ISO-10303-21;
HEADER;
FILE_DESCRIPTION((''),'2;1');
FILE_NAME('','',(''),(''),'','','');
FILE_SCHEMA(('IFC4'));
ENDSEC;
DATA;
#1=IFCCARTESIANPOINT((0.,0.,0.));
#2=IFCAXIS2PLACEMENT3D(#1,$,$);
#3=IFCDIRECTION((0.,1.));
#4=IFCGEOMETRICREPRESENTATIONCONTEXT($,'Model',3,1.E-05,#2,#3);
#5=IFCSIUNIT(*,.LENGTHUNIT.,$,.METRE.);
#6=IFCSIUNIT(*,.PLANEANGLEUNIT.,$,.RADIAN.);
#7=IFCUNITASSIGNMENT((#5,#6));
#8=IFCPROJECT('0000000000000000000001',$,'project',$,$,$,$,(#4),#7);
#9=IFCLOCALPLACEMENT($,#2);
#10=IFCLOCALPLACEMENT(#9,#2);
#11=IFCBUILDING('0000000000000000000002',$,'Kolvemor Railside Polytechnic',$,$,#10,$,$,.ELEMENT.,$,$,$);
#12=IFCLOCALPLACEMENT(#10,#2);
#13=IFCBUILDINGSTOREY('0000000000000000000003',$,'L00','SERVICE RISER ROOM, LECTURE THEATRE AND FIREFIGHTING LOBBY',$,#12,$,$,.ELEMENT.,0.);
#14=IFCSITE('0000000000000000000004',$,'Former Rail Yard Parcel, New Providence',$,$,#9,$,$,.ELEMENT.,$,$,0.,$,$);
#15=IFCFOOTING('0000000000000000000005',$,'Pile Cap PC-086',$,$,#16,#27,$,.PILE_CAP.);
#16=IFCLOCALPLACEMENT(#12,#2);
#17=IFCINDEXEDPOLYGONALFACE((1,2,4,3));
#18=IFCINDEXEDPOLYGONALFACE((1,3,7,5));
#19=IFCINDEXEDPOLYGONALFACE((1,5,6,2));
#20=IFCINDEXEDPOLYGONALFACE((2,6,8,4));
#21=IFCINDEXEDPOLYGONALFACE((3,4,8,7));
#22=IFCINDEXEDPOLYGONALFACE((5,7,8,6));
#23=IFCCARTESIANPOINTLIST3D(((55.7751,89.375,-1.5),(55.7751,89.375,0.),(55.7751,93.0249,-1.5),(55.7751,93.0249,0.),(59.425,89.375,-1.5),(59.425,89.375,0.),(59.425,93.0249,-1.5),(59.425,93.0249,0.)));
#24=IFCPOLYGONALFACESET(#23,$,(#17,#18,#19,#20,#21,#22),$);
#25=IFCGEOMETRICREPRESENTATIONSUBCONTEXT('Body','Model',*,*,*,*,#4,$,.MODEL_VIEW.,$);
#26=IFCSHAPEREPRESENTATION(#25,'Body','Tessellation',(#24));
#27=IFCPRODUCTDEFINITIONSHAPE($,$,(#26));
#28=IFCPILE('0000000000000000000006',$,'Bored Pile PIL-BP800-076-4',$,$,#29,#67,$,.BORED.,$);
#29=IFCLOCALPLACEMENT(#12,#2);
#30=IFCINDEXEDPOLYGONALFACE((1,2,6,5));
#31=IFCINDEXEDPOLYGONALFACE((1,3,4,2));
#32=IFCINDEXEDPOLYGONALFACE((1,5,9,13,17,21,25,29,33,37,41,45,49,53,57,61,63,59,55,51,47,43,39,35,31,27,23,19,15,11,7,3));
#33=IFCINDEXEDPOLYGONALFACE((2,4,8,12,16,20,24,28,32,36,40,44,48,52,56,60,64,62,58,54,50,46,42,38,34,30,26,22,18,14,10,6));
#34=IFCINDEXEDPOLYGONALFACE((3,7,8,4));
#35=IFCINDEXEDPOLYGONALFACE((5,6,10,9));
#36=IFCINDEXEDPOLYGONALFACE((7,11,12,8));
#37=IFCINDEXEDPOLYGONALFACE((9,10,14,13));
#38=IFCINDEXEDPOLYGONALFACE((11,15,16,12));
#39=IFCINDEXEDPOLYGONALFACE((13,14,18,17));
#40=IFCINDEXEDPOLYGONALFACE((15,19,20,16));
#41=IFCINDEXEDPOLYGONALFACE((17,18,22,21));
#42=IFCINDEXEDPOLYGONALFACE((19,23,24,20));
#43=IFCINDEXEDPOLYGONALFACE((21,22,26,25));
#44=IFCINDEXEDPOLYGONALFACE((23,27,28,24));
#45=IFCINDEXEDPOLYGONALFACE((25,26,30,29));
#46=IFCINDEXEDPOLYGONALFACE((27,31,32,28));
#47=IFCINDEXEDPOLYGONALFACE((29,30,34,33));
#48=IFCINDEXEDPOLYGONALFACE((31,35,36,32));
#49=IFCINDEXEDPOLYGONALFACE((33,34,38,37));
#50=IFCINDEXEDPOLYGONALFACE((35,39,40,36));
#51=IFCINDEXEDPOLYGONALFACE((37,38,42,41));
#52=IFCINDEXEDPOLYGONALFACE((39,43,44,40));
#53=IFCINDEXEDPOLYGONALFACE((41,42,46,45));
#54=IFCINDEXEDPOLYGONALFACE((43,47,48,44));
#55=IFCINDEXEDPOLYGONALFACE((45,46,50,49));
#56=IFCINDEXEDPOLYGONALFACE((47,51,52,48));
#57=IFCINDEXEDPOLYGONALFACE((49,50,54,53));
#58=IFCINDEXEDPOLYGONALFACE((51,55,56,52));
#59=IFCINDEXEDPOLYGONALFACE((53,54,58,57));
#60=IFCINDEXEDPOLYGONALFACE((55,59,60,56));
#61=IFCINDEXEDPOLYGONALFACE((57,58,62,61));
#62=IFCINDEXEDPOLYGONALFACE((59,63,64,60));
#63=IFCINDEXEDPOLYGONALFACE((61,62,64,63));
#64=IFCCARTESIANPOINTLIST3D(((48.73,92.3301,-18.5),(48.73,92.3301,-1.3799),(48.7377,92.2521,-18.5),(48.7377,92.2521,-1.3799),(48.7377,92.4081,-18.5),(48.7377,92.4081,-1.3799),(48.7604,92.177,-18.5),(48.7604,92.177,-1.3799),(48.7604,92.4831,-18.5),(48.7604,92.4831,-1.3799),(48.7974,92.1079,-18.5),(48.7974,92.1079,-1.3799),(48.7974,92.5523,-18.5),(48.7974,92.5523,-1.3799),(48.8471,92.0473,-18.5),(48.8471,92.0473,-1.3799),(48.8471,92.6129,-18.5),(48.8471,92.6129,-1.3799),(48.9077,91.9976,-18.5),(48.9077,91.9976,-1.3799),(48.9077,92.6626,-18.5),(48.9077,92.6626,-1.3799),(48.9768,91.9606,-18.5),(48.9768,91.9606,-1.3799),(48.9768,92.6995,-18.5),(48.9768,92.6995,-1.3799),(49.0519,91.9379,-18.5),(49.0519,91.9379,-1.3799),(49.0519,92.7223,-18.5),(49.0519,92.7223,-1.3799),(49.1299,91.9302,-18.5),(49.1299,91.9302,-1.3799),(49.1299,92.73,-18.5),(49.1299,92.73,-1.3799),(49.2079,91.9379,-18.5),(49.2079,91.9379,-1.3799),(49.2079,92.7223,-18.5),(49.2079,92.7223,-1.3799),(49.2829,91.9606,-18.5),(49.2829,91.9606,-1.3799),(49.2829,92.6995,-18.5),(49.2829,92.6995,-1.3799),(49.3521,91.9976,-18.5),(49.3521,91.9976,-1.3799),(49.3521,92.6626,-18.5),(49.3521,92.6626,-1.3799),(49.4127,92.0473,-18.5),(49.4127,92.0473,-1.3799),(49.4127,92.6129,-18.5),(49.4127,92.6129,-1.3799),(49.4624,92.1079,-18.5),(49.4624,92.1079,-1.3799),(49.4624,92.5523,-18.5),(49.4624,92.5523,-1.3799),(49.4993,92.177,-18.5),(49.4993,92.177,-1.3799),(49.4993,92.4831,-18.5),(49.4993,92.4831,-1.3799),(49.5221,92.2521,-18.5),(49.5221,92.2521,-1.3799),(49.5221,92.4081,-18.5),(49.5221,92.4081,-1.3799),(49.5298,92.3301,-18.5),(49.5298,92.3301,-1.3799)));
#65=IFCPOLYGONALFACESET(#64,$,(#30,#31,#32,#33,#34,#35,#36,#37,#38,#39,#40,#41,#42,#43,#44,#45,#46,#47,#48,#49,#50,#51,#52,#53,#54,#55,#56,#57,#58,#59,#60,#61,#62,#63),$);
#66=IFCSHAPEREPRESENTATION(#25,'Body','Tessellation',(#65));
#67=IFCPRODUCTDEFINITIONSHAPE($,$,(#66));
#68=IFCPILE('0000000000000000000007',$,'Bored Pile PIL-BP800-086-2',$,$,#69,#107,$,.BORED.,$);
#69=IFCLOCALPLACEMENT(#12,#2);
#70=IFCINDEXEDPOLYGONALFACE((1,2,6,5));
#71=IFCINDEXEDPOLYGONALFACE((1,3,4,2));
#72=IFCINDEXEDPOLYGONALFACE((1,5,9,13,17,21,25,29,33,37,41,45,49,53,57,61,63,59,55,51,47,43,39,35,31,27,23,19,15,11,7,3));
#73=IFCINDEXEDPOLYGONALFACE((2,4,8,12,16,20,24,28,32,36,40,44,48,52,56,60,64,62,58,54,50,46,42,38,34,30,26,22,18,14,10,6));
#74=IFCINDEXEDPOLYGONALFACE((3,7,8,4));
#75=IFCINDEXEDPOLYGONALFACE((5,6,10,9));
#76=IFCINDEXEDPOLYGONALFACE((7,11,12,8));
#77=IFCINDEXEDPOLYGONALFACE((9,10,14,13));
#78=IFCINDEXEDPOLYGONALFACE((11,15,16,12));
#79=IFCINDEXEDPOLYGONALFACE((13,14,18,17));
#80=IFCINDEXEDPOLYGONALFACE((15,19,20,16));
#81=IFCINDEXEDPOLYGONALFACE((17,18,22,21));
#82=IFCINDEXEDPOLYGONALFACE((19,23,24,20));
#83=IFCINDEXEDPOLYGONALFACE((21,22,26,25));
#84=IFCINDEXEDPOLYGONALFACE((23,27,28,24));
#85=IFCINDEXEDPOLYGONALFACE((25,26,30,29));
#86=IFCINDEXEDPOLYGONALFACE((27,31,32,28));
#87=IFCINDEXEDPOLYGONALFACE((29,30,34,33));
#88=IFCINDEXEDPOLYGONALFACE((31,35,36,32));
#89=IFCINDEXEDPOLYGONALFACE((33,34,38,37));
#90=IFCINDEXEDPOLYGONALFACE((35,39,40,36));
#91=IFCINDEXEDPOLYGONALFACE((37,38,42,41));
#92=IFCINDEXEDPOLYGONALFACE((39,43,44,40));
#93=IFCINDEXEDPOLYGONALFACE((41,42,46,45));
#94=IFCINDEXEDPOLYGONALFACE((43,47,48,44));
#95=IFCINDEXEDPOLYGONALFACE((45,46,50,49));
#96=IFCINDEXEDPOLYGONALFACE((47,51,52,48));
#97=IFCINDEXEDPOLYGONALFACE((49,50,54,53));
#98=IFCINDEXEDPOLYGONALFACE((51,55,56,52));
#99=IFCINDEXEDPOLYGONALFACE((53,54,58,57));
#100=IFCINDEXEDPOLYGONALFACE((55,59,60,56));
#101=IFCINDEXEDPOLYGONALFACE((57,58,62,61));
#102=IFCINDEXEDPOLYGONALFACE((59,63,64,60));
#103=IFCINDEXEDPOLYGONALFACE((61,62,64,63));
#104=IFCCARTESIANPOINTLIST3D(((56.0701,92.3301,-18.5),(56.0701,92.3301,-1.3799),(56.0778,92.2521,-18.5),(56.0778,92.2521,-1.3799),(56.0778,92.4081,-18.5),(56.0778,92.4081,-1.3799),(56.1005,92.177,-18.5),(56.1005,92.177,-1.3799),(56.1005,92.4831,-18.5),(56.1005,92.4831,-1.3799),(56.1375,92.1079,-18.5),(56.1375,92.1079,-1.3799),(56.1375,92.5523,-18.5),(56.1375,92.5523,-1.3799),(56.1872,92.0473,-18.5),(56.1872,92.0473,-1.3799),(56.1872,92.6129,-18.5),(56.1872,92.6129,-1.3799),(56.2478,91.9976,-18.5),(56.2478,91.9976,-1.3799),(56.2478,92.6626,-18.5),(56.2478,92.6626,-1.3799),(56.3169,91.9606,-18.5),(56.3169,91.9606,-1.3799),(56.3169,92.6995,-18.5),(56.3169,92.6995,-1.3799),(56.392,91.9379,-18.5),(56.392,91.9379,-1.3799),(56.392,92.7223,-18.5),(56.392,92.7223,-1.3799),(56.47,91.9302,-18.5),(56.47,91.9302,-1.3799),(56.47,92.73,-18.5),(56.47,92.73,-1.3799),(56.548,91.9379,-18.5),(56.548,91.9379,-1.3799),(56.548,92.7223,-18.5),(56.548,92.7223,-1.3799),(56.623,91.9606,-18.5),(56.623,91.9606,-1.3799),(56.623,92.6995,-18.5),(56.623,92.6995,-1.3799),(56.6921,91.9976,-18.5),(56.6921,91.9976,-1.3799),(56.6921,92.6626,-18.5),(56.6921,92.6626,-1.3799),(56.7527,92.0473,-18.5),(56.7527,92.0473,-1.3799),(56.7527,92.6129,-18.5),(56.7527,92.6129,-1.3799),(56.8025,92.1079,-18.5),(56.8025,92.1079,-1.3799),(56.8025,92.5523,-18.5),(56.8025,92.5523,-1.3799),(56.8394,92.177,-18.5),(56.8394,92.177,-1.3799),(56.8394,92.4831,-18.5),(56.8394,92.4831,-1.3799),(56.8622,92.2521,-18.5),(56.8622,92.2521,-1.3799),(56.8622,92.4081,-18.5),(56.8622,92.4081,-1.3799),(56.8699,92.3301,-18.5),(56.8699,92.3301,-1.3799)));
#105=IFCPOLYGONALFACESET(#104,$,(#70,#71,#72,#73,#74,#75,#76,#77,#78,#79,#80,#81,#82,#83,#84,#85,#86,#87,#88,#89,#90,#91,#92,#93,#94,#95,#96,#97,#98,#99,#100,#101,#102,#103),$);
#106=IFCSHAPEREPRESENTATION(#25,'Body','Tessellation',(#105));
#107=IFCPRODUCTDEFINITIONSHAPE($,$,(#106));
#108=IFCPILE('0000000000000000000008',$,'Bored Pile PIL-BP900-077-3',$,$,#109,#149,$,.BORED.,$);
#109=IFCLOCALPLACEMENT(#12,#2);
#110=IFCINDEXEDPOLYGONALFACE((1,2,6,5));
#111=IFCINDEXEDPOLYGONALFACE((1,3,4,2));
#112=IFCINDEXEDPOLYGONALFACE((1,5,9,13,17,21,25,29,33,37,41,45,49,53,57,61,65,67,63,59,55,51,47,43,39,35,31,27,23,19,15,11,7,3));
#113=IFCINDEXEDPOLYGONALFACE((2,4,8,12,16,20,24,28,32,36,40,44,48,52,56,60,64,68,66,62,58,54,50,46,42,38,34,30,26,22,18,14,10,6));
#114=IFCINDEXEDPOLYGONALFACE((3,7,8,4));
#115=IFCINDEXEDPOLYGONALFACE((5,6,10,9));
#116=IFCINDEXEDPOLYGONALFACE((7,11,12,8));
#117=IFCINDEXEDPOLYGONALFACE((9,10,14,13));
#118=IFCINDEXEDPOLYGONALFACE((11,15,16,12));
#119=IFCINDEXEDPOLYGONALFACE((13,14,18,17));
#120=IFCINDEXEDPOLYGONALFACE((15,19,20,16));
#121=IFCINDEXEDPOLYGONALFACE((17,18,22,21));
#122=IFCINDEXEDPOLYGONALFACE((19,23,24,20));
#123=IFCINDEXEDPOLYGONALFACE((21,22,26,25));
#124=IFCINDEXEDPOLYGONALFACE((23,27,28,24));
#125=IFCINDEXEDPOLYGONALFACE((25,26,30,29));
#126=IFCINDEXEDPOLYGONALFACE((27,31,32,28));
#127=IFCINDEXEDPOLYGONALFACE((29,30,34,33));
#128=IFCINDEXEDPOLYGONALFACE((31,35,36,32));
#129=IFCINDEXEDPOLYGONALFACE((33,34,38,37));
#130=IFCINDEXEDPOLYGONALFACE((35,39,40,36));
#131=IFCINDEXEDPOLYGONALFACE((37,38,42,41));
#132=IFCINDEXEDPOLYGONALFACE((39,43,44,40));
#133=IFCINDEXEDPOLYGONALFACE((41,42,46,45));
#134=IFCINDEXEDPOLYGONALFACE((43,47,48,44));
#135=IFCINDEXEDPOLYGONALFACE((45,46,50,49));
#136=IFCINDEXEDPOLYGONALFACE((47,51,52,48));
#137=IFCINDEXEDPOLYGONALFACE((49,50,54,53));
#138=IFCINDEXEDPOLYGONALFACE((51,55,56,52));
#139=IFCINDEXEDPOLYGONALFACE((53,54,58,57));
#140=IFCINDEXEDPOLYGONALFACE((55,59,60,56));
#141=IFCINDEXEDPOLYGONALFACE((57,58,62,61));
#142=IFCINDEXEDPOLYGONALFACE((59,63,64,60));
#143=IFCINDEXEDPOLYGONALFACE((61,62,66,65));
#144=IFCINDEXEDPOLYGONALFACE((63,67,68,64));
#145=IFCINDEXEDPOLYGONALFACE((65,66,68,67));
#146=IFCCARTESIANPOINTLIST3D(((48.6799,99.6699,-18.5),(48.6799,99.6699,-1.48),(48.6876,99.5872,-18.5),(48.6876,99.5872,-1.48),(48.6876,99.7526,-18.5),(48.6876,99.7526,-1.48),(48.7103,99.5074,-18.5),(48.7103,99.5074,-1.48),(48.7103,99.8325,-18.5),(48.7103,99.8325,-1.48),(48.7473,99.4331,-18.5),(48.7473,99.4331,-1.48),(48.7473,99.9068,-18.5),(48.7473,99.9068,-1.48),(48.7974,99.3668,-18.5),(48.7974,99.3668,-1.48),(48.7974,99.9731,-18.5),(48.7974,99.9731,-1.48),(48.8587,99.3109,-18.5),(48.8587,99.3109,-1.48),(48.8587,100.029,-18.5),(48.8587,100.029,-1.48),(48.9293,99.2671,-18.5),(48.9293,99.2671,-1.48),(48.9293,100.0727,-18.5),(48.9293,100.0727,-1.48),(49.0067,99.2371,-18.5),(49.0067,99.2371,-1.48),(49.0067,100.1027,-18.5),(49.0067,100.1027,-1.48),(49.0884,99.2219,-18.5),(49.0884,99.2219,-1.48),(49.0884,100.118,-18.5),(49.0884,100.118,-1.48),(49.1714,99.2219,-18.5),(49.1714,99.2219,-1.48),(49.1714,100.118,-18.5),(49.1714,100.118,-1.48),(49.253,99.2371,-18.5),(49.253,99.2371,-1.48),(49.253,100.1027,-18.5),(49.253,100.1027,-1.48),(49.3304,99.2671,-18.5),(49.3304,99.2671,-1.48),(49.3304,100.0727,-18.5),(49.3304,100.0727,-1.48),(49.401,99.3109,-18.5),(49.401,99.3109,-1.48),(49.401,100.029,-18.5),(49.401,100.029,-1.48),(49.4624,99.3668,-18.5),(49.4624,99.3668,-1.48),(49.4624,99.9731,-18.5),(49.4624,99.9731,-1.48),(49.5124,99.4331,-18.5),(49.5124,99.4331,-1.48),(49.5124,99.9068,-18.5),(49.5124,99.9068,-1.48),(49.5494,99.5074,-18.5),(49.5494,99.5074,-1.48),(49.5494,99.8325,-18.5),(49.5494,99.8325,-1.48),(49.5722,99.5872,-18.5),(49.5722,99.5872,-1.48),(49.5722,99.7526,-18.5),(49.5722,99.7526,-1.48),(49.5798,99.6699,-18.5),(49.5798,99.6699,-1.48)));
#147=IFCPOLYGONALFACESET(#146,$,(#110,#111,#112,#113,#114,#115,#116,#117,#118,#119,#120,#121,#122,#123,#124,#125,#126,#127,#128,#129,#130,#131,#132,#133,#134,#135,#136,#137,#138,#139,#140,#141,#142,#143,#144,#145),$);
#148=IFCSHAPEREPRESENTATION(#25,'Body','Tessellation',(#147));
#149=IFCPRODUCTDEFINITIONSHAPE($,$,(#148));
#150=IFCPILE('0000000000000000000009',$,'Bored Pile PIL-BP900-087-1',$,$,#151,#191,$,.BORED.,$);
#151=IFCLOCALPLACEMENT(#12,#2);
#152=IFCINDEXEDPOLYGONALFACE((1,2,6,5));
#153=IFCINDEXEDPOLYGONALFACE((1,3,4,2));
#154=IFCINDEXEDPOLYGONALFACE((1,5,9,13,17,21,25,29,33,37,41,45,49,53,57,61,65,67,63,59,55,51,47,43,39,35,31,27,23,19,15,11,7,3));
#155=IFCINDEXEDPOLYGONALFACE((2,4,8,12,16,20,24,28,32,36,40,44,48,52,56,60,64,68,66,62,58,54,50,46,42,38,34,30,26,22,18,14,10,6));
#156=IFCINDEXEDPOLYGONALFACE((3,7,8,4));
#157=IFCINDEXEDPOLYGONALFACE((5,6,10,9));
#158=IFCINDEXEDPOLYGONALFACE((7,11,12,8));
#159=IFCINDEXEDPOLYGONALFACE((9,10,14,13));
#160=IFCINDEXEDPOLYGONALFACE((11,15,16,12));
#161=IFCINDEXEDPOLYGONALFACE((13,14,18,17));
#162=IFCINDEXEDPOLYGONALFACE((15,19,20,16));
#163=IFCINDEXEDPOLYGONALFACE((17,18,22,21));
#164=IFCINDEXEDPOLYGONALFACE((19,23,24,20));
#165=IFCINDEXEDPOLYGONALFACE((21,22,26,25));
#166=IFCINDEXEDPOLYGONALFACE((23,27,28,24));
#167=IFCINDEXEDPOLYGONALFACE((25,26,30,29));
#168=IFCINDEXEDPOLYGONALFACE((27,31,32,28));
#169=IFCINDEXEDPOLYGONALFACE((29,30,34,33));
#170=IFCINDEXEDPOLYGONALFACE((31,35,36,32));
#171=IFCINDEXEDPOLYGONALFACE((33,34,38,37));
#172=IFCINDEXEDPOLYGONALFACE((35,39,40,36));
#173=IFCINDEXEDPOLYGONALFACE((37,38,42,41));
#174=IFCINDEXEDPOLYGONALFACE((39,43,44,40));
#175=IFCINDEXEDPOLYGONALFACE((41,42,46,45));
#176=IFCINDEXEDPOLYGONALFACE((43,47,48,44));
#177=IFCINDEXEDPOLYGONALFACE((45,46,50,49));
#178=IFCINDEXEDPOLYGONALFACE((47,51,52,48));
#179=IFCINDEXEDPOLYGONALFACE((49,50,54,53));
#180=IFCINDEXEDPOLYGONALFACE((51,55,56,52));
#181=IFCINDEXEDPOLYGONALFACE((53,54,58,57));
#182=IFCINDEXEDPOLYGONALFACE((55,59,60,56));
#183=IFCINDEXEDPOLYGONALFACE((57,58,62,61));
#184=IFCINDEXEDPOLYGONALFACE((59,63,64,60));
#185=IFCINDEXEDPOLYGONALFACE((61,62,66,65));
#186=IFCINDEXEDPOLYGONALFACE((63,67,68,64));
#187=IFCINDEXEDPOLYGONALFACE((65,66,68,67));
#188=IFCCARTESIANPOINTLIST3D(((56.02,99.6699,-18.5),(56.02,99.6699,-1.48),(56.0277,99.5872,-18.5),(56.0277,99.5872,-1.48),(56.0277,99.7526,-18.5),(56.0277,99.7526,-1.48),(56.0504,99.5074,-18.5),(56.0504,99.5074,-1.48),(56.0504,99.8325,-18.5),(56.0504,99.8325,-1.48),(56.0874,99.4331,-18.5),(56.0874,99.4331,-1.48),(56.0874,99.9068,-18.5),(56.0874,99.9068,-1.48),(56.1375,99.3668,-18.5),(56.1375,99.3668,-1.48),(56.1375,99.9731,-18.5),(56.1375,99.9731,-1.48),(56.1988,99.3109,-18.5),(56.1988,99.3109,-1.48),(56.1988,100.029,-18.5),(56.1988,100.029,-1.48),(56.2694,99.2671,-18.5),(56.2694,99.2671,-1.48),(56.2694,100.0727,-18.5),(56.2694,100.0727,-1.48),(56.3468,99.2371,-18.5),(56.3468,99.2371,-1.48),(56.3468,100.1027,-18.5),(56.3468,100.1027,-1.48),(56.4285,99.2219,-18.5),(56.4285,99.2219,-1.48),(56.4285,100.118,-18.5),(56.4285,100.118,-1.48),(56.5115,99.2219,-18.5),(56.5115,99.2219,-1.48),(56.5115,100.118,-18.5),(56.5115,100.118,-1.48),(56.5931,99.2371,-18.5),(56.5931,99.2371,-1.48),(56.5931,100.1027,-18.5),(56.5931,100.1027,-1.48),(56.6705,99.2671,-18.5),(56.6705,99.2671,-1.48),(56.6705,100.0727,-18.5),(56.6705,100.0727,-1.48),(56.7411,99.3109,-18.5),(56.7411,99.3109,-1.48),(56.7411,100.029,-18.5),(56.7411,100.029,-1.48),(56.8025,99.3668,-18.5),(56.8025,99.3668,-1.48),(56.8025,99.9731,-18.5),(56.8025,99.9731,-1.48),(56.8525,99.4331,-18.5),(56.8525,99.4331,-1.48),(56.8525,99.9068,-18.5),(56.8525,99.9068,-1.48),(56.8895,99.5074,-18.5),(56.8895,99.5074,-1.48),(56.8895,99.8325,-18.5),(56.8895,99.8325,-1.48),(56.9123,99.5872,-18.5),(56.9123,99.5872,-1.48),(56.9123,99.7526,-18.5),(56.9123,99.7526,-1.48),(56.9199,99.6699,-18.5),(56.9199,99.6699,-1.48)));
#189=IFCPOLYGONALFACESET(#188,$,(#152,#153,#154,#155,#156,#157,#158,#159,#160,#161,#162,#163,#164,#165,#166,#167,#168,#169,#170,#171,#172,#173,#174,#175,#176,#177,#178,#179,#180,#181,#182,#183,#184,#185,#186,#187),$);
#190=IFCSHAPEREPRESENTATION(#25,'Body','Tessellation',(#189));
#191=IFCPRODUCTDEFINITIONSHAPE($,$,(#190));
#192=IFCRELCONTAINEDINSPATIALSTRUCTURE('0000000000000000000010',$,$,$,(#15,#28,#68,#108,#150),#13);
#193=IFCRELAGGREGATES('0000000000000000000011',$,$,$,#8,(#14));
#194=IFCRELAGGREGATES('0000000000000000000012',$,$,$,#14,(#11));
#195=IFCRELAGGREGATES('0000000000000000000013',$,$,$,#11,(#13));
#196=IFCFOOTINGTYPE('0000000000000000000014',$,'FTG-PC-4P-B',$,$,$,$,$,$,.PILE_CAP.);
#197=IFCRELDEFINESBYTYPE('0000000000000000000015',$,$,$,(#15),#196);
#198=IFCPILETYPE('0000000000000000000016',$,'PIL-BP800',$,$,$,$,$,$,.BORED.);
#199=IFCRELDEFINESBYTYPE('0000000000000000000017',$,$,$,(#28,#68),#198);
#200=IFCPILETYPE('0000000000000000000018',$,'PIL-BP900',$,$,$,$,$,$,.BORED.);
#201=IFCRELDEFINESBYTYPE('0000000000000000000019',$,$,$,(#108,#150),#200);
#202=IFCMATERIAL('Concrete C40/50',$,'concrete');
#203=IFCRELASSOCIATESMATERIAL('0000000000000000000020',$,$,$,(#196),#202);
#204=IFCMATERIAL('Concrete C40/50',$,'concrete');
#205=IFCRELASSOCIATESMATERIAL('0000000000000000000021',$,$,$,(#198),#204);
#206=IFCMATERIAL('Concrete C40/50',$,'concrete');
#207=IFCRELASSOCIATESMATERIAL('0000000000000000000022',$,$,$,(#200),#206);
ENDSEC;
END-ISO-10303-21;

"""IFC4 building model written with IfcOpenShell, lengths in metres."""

from ifc_helpers import new_model, si_unit, direction, frame, origin, origin_2d, place, context, subcontext, project, spatial, rectangle, circle, extrude, material, material_profile, profile_set, type_object, element, save


model = new_model("IFC4")

# Units and contexts
model_context = context("Model", 3, precision=1e-05, world=origin(), true_north=direction((0.0, 1.0)))
body_context = subcontext(model_context, "Body", "Model", "MODEL_VIEW")
ifc_project = project(units=[si_unit("LENGTHUNIT", "METRE"), si_unit("PLANEANGLEUNIT", "RADIAN")], contexts=[model_context])

# Site, building, storey
site_placement = place(None, origin())
site = spatial("IfcSite", under=ifc_project, at=site_placement, Name="Former Rail Yard Parcel, New Providence", CompositionType="ELEMENT", RefElevation=0.0)
building_placement = place(site_placement, origin())
building = spatial("IfcBuilding", under=site, at=building_placement, Name="Kolvemor Railside Polytechnic", CompositionType="ELEMENT")
storey_placement = place(building_placement, origin())
storey = spatial("IfcBuildingStorey", under=building, at=storey_placement, Name="L00", Description="SERVICE RISER ROOM, LECTURE THEATRE AND FIREFIGHTING LOBBY", CompositionType="ELEMENT", Elevation=0.0)

# Footing
ifc_material_1 = material(Name="Concrete C40/50", Category="concrete")
footing_type = type_object("IfcFootingType", Name="FTG-PC-4P-B", PredefinedType="PILE_CAP", material=ifc_material_1)
footing_placement = place(storey_placement, frame((57.6001, 91.2, -1.5), z_axis=(0.0, 0.0, 1.0), x_axis=(1.0, 0.0, 0.0)))
element("IfcFooting", 1, at=footing_placement, inside=storey, type_object=footing_type, Name="Pile Cap PC-086", PredefinedType="PILE_CAP", context=body_context, shape_type="SweptSolid", body=[
    extrude(rectangle(XDim=3.6499, YDim=3.6499, at=origin_2d()), origin(), (0.0, 0.0, 1.0), 1.5),
])

# Piles
ifc_material_2 = material(Name="Concrete C40/50", Category="concrete")
ifc_material_profile_1 = material_profile(ifc_material_2, circle(Radius=0.3999, at=origin_2d()), Name="BP800")
ifc_profile_set_1 = profile_set([ifc_material_profile_1], Name="Concrete C40/50")
pile_type_1 = type_object("IfcPileType", Name="PIL-BP800", PredefinedType="BORED", material=ifc_profile_set_1)
for number, where, z_axis, x_axis, name in (
    (2, (49.1299, 92.3301, -1.3799), (0.0, 0.0, -1.0), (1.0, 0.0, 0.0), "Bored Pile PIL-BP800-076-4"),
    (3, (56.47, 92.3301, -1.3799), (0.0, 0.0, -1.0), (1.0, 0.0, 0.0), "Bored Pile PIL-BP800-086-2"),
):
    element("IfcPile", number, at=place(storey_placement, frame(where, z_axis=z_axis, x_axis=x_axis)), inside=storey, type_object=pile_type_1, Name=name, PredefinedType="BORED", context=body_context, shape_type="SweptSolid", body=[
        extrude(circle(Radius=0.3999, at=origin_2d()), origin(), (0.0, 0.0, 1.0), 17.1201),
    ])
ifc_material_3 = material(Name="Concrete C40/50", Category="concrete")
ifc_material_profile_2 = material_profile(ifc_material_3, circle(Radius=0.45, at=origin_2d()), Name="BP900")
ifc_profile_set_2 = profile_set([ifc_material_profile_2], Name="Concrete C40/50")
pile_type_2 = type_object("IfcPileType", Name="PIL-BP900", PredefinedType="BORED", material=ifc_profile_set_2)
for number, where, z_axis, x_axis, name in (
    (4, (49.1299, 99.6699, -1.48), (0.0, 0.0, -1.0), (1.0, 0.0, 0.0), "Bored Pile PIL-BP900-077-3"),
    (5, (56.47, 99.6699, -1.48), (0.0, 0.0, -1.0), (1.0, 0.0, 0.0), "Bored Pile PIL-BP900-087-1"),
):
    element("IfcPile", number, at=place(storey_placement, frame(where, z_axis=z_axis, x_axis=x_axis)), inside=storey, type_object=pile_type_2, Name=name, PredefinedType="BORED", context=body_context, shape_type="SweptSolid", body=[
        extrude(circle(Radius=0.45, at=origin_2d()), origin(), (0.0, 0.0, 1.0), 17.02),
    ])

save(model, "model.ifc")
